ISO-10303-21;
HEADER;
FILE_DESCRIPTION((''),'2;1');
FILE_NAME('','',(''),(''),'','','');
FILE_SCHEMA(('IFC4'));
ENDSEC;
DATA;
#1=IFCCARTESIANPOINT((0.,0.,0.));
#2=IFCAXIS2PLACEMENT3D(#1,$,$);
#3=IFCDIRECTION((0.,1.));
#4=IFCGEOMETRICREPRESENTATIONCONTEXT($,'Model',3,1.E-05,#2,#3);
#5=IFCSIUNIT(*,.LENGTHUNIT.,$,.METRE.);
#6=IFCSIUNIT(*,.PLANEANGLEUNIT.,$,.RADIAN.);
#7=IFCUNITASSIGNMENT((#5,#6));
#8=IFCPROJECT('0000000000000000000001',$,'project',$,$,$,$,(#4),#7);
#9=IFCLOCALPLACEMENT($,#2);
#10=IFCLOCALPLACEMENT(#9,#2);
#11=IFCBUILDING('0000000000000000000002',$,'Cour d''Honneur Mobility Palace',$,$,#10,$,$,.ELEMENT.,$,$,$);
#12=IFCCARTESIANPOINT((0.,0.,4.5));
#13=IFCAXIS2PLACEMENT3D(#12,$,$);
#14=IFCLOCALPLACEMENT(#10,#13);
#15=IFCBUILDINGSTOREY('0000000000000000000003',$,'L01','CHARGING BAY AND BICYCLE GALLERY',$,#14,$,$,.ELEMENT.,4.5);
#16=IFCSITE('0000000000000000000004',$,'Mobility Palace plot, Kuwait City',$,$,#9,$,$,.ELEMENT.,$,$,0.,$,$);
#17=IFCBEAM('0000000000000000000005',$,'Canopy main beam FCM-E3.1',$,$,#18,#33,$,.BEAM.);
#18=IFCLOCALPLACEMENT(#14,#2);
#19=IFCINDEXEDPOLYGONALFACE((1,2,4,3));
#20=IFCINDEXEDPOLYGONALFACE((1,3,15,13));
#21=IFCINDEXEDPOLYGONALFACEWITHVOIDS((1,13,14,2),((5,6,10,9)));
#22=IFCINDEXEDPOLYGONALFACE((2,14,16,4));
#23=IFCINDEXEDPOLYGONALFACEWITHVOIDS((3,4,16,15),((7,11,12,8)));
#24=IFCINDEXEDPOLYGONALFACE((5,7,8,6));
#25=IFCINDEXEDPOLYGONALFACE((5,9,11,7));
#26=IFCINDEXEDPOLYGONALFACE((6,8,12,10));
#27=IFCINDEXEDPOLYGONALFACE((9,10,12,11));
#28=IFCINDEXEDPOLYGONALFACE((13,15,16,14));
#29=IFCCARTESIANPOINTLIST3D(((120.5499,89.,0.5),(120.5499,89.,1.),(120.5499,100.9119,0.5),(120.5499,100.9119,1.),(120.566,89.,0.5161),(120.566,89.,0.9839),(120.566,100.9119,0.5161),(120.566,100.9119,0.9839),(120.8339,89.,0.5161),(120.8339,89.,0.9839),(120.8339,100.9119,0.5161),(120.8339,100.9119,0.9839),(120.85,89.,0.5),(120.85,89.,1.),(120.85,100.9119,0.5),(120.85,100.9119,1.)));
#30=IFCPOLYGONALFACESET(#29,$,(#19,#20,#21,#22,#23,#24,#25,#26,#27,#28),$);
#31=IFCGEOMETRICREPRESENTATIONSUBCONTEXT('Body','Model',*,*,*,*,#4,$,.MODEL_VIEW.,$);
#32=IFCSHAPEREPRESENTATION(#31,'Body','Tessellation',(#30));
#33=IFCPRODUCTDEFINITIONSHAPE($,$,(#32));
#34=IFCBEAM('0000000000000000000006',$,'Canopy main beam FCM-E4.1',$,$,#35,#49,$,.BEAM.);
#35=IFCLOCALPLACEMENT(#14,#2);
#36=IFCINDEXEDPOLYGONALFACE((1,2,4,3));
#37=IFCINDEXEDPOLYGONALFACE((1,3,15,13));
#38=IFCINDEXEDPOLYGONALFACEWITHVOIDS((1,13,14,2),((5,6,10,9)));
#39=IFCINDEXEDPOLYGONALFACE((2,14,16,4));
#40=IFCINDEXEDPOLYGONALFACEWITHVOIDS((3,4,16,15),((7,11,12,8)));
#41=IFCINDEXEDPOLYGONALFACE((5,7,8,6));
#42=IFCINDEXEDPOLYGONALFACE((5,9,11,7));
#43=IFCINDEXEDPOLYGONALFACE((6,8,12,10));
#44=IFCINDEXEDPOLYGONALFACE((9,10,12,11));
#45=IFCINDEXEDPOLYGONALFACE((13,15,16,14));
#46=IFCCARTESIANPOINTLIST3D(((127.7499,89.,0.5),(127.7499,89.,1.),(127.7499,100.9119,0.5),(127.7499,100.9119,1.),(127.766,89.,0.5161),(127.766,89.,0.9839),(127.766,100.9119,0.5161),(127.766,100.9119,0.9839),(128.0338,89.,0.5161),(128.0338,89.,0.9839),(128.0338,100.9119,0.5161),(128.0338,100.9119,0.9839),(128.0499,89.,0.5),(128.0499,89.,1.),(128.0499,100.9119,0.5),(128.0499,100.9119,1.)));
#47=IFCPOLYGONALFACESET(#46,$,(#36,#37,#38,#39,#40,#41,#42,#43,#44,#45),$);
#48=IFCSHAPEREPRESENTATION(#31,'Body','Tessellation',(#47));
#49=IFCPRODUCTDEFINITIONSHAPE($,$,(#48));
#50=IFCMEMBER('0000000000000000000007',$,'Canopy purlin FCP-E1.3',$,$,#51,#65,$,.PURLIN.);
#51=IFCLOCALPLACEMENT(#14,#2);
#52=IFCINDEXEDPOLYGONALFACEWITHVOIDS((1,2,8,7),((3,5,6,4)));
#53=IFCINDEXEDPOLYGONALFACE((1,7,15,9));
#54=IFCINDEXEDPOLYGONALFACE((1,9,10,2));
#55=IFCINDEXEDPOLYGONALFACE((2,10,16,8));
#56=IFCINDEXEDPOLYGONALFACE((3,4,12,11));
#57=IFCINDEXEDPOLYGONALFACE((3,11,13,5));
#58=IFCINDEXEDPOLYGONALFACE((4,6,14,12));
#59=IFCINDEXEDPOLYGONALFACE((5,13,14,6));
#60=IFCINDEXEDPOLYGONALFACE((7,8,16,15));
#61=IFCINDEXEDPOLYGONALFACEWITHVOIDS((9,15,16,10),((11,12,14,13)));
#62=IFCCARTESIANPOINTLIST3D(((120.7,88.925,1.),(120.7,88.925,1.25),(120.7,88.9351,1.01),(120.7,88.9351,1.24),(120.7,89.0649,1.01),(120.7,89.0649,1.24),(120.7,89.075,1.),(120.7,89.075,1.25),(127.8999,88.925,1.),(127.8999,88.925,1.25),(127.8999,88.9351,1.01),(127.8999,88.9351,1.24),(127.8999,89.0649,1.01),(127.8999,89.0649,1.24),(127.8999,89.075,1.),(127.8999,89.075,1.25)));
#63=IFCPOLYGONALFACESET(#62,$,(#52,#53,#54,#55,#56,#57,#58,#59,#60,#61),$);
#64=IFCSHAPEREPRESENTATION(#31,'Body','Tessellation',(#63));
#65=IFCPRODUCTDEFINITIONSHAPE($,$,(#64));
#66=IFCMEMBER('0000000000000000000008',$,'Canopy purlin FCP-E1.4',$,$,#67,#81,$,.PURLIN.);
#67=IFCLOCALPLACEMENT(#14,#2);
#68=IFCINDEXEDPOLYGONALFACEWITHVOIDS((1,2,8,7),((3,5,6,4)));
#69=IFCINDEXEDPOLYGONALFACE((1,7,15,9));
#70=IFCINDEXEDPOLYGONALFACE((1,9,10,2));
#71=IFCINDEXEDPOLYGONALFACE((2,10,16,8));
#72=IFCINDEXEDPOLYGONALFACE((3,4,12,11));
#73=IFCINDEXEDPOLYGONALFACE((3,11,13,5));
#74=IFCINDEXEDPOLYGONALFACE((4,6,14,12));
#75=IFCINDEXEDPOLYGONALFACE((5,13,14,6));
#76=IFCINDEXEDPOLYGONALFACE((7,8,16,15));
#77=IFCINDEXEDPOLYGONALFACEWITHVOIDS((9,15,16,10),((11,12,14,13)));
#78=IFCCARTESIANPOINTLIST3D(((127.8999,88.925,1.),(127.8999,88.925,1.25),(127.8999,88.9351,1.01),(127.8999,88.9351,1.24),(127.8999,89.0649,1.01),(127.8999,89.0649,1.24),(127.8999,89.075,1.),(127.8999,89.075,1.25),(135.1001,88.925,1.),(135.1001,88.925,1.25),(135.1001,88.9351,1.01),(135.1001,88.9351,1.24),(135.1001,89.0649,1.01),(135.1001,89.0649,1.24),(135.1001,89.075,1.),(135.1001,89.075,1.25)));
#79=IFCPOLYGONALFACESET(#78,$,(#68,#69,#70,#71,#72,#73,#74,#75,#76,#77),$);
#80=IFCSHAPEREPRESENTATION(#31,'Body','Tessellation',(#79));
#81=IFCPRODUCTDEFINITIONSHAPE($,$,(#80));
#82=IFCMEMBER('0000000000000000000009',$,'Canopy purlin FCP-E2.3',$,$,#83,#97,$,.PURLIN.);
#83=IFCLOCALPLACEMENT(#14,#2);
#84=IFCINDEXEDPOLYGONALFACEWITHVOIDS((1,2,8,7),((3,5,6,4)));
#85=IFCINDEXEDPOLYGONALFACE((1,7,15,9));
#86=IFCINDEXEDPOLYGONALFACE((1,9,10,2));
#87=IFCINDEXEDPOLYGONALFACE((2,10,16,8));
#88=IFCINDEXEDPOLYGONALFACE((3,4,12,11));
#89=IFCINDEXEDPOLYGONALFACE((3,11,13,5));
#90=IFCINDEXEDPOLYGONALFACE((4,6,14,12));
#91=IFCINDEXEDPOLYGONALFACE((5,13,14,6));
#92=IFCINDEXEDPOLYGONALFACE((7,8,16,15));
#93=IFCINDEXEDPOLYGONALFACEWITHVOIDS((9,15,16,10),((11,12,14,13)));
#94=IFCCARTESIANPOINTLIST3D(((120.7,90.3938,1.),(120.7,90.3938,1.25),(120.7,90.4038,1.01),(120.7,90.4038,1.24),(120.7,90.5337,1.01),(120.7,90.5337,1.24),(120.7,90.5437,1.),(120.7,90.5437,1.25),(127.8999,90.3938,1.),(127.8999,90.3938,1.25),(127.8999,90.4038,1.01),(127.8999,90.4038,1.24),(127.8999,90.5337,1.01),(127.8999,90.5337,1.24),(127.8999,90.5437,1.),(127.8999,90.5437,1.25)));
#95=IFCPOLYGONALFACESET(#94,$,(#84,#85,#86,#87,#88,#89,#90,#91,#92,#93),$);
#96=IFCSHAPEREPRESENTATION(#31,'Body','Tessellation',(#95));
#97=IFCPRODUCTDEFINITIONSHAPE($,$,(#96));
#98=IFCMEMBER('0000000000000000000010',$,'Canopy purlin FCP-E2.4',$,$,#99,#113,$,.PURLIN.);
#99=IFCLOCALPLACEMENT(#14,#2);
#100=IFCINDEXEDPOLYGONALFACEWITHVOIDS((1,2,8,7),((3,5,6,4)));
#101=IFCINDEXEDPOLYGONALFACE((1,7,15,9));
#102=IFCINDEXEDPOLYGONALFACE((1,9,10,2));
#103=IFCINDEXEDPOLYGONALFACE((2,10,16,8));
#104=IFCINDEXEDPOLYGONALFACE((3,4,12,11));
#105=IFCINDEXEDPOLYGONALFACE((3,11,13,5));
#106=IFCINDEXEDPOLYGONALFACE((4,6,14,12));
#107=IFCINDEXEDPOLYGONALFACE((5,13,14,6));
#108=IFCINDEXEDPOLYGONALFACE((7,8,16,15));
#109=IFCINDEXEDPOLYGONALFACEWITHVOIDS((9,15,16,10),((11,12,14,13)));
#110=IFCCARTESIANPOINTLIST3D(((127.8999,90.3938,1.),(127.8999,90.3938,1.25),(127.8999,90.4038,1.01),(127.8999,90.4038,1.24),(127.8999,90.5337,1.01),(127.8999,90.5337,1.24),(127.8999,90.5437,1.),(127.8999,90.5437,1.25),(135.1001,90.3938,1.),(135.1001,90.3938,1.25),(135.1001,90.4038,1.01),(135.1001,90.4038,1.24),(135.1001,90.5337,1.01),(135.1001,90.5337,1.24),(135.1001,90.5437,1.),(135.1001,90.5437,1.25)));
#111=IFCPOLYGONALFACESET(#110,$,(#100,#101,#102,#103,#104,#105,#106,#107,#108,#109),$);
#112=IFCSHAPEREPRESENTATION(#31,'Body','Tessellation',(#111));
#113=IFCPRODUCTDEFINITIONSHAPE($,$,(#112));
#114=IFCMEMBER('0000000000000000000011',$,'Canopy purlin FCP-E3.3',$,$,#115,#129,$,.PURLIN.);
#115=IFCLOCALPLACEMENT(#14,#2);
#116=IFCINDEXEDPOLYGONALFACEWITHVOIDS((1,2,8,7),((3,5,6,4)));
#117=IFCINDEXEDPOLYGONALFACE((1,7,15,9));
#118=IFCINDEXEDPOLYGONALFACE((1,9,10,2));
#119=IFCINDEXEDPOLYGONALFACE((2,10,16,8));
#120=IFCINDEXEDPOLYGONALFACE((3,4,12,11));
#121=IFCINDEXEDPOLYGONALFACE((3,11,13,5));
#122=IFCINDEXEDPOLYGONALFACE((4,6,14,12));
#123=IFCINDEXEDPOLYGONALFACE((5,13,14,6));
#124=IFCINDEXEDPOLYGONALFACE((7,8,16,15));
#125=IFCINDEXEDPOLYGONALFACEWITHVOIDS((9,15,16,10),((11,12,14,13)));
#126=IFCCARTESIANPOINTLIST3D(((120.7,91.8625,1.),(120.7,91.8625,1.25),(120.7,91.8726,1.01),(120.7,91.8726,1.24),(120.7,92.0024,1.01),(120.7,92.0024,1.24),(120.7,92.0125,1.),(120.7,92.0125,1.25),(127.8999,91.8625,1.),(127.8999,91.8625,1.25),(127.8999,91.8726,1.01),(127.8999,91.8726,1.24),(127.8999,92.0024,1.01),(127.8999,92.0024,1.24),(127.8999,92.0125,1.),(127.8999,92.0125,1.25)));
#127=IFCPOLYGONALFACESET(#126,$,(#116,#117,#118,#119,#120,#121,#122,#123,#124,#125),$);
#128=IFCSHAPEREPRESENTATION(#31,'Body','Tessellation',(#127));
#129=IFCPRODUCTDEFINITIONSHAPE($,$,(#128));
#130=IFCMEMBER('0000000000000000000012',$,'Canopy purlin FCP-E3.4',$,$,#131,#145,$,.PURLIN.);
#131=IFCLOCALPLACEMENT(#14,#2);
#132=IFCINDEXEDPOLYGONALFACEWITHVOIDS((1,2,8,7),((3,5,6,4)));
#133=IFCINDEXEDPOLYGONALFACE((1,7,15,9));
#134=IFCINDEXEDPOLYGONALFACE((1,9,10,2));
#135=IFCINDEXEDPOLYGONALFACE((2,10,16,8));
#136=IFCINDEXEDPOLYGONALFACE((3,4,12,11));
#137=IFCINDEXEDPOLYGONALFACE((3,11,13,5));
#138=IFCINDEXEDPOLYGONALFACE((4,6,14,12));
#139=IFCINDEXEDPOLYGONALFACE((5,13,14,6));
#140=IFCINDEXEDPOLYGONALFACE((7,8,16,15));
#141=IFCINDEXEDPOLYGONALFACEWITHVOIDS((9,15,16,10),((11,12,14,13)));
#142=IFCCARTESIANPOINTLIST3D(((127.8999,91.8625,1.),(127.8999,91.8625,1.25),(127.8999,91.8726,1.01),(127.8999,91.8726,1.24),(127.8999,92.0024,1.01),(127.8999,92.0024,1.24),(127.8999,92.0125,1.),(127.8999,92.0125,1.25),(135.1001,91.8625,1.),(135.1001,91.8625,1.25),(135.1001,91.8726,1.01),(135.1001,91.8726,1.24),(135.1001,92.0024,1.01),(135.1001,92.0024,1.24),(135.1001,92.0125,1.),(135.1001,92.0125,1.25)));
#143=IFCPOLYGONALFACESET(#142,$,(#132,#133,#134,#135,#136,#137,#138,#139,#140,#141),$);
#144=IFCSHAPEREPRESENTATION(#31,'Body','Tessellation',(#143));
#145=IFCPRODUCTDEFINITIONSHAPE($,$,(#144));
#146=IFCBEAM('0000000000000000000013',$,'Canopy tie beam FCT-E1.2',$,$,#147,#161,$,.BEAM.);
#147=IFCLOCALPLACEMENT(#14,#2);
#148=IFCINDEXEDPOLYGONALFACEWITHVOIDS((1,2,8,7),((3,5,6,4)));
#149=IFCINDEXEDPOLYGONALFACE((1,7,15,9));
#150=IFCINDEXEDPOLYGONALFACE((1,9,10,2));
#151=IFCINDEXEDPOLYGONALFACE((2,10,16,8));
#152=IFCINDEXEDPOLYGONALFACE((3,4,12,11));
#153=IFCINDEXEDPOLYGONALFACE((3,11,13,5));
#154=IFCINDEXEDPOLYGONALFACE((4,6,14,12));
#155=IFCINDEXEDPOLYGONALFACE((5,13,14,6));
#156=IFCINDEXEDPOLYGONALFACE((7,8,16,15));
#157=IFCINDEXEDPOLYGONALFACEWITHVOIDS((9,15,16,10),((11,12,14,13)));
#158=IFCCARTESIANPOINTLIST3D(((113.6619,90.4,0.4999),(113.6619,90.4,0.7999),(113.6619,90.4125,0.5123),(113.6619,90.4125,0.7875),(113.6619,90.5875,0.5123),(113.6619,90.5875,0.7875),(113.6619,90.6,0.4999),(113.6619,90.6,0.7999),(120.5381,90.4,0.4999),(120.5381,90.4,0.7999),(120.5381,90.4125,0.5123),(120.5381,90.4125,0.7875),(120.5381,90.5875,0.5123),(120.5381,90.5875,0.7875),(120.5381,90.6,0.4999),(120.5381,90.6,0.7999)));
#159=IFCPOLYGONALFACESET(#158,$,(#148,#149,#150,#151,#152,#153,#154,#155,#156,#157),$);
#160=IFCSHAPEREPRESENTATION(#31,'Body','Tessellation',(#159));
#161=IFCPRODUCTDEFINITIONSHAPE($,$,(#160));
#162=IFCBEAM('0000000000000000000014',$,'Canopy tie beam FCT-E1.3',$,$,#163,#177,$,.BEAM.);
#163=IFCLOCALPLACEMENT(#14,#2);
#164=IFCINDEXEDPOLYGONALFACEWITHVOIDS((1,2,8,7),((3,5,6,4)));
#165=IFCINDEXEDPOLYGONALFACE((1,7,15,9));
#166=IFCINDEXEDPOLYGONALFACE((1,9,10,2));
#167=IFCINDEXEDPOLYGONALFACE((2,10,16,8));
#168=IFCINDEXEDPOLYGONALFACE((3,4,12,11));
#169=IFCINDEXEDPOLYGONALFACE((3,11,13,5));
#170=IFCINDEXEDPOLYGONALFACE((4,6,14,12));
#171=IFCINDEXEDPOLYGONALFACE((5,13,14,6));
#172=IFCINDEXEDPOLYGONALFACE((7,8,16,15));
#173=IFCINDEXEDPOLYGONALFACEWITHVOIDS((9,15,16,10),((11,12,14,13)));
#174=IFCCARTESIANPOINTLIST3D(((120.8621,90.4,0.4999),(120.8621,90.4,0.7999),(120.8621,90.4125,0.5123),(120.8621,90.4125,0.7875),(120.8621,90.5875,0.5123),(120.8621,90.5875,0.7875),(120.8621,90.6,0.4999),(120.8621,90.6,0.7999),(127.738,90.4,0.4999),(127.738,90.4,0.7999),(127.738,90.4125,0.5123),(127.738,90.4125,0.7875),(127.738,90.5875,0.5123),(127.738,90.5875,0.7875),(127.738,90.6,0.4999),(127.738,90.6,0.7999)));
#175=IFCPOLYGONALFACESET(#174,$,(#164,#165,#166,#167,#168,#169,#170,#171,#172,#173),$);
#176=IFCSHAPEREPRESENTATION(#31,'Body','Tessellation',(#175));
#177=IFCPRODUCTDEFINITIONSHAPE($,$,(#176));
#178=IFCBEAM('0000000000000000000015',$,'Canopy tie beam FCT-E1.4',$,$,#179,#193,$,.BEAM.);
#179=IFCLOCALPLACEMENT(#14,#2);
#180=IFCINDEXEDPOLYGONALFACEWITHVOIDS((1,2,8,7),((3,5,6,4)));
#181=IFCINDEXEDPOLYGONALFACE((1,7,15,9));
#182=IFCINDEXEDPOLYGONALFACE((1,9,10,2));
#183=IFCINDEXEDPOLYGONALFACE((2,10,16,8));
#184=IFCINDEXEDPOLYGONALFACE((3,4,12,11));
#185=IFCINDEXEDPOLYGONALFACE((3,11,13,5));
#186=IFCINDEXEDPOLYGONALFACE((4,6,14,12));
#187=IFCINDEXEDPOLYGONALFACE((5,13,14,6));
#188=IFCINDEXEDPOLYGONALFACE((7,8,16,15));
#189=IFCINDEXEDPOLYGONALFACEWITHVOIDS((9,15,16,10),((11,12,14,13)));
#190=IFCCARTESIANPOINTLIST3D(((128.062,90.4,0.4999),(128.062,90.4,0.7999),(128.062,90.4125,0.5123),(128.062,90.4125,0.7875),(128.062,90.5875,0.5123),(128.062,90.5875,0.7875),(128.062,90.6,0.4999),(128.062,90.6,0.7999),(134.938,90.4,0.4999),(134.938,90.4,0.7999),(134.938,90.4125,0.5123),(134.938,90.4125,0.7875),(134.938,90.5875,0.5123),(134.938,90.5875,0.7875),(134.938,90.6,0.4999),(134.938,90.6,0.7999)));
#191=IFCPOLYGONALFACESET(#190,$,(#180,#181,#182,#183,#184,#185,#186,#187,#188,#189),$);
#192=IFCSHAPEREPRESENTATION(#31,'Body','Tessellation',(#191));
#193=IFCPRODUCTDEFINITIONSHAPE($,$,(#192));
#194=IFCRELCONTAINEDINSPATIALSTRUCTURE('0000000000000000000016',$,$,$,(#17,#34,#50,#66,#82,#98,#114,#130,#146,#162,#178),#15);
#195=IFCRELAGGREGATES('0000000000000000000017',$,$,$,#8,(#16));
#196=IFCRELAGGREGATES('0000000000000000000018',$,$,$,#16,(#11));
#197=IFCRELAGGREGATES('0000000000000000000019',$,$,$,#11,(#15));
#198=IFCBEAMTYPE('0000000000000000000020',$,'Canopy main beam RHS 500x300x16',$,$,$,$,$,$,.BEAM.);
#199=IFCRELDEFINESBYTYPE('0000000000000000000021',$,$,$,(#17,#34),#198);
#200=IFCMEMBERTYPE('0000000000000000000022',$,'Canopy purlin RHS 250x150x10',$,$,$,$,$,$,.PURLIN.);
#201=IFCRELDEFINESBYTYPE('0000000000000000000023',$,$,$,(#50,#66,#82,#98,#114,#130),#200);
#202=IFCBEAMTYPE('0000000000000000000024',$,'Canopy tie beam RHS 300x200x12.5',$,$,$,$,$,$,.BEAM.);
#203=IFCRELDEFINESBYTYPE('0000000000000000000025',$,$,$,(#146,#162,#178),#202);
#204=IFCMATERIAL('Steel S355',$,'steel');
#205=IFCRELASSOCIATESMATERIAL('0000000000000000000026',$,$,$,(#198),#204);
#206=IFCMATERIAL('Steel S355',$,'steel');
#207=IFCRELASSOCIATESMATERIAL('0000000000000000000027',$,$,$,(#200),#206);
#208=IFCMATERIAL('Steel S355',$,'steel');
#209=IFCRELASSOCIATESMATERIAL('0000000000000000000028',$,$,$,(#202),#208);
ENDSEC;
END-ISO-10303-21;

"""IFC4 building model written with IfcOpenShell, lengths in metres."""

from ifc_helpers import new_model, si_unit, direction, frame, origin, origin_2d, place, context, subcontext, project, spatial, hollow_rectangle, extrude, material, material_profile, profile_set, type_object, element, save


model = new_model("IFC4")

# Units and contexts
model_context = context("Model", 3, precision=1e-05, world=origin(), true_north=direction((0.0, 1.0)))
body_context = subcontext(model_context, "Body", "Model", "MODEL_VIEW")
ifc_project = project(units=[si_unit("LENGTHUNIT", "METRE"), si_unit("PLANEANGLEUNIT", "RADIAN")], contexts=[model_context])

# Site, building, storey
site_placement = place(None, origin())
site = spatial("IfcSite", under=ifc_project, at=site_placement, Name="Mobility Palace plot, Kuwait City", CompositionType="ELEMENT", RefElevation=0.0)
building_placement = place(site_placement, origin())
building = spatial("IfcBuilding", under=site, at=building_placement, Name="Cour d'Honneur Mobility Palace", CompositionType="ELEMENT")
storey_placement = place(building_placement, frame((0.0, 0.0, 4.5)))
storey = spatial("IfcBuildingStorey", under=building, at=storey_placement, Name="L01", Description="CHARGING BAY AND BICYCLE GALLERY", CompositionType="ELEMENT", Elevation=4.5)

# Beams
ifc_material_1 = material(Name="Steel S355", Category="steel")
ifc_material_profile_1 = material_profile(ifc_material_1, hollow_rectangle(XDim=0.3, YDim=0.5, WallThickness=0.0161, at=origin_2d()), Name="RHS 500x300x16")
ifc_profile_set_1 = profile_set([ifc_material_profile_1], Name="Steel S355")
beam_type_1 = type_object("IfcBeamType", Name="Canopy main beam RHS 500x300x16", PredefinedType="BEAM", material=ifc_profile_set_1)
for number, where, z_axis, x_axis, name in (
    (1, (120.7, 89.0, 0.75), (0.0, 1.0, 0.0), (-1.0, 0.0, 0.0), "Canopy main beam FCM-E3.1"),
    (2, (127.8999, 89.0, 0.75), (0.0, 1.0, 0.0), (-1.0, 0.0, 0.0), "Canopy main beam FCM-E4.1"),
):
    element("IfcBeam", number, at=place(storey_placement, frame(where, z_axis=z_axis, x_axis=x_axis)), inside=storey, type_object=beam_type_1, Name=name, PredefinedType="BEAM", context=body_context, shape_type="SweptSolid", body=[
        extrude(hollow_rectangle(XDim=0.3, YDim=0.5, WallThickness=0.0161, at=origin_2d()), origin(), (0.0, 0.0, 1.0), 11.9119),
    ])

# Members
ifc_material_2 = material(Name="Steel S355", Category="steel")
ifc_material_profile_2 = material_profile(ifc_material_2, hollow_rectangle(XDim=0.1499, YDim=0.25, WallThickness=0.01, at=origin_2d()), Name="RHS 250x150x10")
ifc_profile_set_2 = profile_set([ifc_material_profile_2], Name="Steel S355")
member_type = type_object("IfcMemberType", Name="Canopy purlin RHS 250x150x10", PredefinedType="PURLIN", material=ifc_profile_set_2)
member_1_placement = place(storey_placement, frame((120.7, 89.0, 1.125), z_axis=(1.0, 0.0, 0.0), x_axis=(0.0, 1.0, 0.0)))
element("IfcMember", 3, at=member_1_placement, inside=storey, type_object=member_type, Name="Canopy purlin FCP-E1.3", PredefinedType="PURLIN", context=body_context, shape_type="SweptSolid", body=[
    extrude(hollow_rectangle(XDim=0.1499, YDim=0.25, WallThickness=0.01, at=origin_2d()), origin(), (0.0, 0.0, 1.0), 7.2),
])
member_2_placement = place(storey_placement, frame((127.8999, 89.0, 1.125), z_axis=(1.0, 0.0, 0.0), x_axis=(0.0, 1.0, 0.0)))
element("IfcMember", 4, at=member_2_placement, inside=storey, type_object=member_type, Name="Canopy purlin FCP-E1.4", PredefinedType="PURLIN", context=body_context, shape_type="SweptSolid", body=[
    extrude(hollow_rectangle(XDim=0.1499, YDim=0.25, WallThickness=0.01, at=origin_2d()), origin(), (0.0, 0.0, 1.0), 7.2002),
])
member_3_placement = place(storey_placement, frame((120.7, 90.4688, 1.125), z_axis=(1.0, 0.0, 0.0), x_axis=(0.0, 1.0, 0.0)))
element("IfcMember", 5, at=member_3_placement, inside=storey, type_object=member_type, Name="Canopy purlin FCP-E2.3", PredefinedType="PURLIN", context=body_context, shape_type="SweptSolid", body=[
    extrude(hollow_rectangle(XDim=0.1499, YDim=0.25, WallThickness=0.01, at=origin_2d()), origin(), (0.0, 0.0, 1.0), 7.2),
])
member_4_placement = place(storey_placement, frame((127.8999, 90.4688, 1.125), z_axis=(1.0, 0.0, 0.0), x_axis=(0.0, 1.0, 0.0)))
element("IfcMember", 6, at=member_4_placement, inside=storey, type_object=member_type, Name="Canopy purlin FCP-E2.4", PredefinedType="PURLIN", context=body_context, shape_type="SweptSolid", body=[
    extrude(hollow_rectangle(XDim=0.1499, YDim=0.25, WallThickness=0.01, at=origin_2d()), origin(), (0.0, 0.0, 1.0), 7.2002),
])
member_5_placement = place(storey_placement, frame((120.7, 91.9375, 1.125), z_axis=(1.0, 0.0, 0.0), x_axis=(0.0, 1.0, 0.0)))
element("IfcMember", 7, at=member_5_placement, inside=storey, type_object=member_type, Name="Canopy purlin FCP-E3.3", PredefinedType="PURLIN", context=body_context, shape_type="SweptSolid", body=[
    extrude(hollow_rectangle(XDim=0.1499, YDim=0.25, WallThickness=0.01, at=origin_2d()), origin(), (0.0, 0.0, 1.0), 7.2),
])
member_6_placement = place(storey_placement, frame((127.8999, 91.9375, 1.125), z_axis=(1.0, 0.0, 0.0), x_axis=(0.0, 1.0, 0.0)))
element("IfcMember", 8, at=member_6_placement, inside=storey, type_object=member_type, Name="Canopy purlin FCP-E3.4", PredefinedType="PURLIN", context=body_context, shape_type="SweptSolid", body=[
    extrude(hollow_rectangle(XDim=0.1499, YDim=0.25, WallThickness=0.01, at=origin_2d()), origin(), (0.0, 0.0, 1.0), 7.2002),
])

# Beams
ifc_material_3 = material(Name="Steel S355", Category="steel")
ifc_material_profile_3 = material_profile(ifc_material_3, hollow_rectangle(XDim=0.2, YDim=0.3, WallThickness=0.0125, at=origin_2d()), Name="RHS 300x200x12.5")
ifc_profile_set_3 = profile_set([ifc_material_profile_3], Name="Steel S355")
beam_type_2 = type_object("IfcBeamType", Name="Canopy tie beam RHS 300x200x12.5", PredefinedType="BEAM", material=ifc_profile_set_3)
beam_placement = place(storey_placement, frame((113.6619, 90.5, 0.6499), z_axis=(1.0, 0.0, 0.0), x_axis=(0.0, 1.0, 0.0)))
element("IfcBeam", 9, at=beam_placement, inside=storey, type_object=beam_type_2, Name="Canopy tie beam FCT-E1.2", PredefinedType="BEAM", context=body_context, shape_type="SweptSolid", body=[
    extrude(hollow_rectangle(XDim=0.2, YDim=0.3, WallThickness=0.0125, at=origin_2d()), origin(), (0.0, 0.0, 1.0), 6.8762),
])
for number, where, z_axis, x_axis, name in (
    (10, (120.8621, 90.5, 0.6499), (1.0, 0.0, 0.0), (0.0, 1.0, 0.0), "Canopy tie beam FCT-E1.3"),
    (11, (128.062, 90.5, 0.6499), (1.0, 0.0, 0.0), (0.0, 1.0, 0.0), "Canopy tie beam FCT-E1.4"),
):
    element("IfcBeam", number, at=place(storey_placement, frame(where, z_axis=z_axis, x_axis=x_axis)), inside=storey, type_object=beam_type_2, Name=name, PredefinedType="BEAM", context=body_context, shape_type="SweptSolid", body=[
        extrude(hollow_rectangle(XDim=0.2, YDim=0.3, WallThickness=0.0125, at=origin_2d()), origin(), (0.0, 0.0, 1.0), 6.876),
    ])

save(model, "model.ifc")
